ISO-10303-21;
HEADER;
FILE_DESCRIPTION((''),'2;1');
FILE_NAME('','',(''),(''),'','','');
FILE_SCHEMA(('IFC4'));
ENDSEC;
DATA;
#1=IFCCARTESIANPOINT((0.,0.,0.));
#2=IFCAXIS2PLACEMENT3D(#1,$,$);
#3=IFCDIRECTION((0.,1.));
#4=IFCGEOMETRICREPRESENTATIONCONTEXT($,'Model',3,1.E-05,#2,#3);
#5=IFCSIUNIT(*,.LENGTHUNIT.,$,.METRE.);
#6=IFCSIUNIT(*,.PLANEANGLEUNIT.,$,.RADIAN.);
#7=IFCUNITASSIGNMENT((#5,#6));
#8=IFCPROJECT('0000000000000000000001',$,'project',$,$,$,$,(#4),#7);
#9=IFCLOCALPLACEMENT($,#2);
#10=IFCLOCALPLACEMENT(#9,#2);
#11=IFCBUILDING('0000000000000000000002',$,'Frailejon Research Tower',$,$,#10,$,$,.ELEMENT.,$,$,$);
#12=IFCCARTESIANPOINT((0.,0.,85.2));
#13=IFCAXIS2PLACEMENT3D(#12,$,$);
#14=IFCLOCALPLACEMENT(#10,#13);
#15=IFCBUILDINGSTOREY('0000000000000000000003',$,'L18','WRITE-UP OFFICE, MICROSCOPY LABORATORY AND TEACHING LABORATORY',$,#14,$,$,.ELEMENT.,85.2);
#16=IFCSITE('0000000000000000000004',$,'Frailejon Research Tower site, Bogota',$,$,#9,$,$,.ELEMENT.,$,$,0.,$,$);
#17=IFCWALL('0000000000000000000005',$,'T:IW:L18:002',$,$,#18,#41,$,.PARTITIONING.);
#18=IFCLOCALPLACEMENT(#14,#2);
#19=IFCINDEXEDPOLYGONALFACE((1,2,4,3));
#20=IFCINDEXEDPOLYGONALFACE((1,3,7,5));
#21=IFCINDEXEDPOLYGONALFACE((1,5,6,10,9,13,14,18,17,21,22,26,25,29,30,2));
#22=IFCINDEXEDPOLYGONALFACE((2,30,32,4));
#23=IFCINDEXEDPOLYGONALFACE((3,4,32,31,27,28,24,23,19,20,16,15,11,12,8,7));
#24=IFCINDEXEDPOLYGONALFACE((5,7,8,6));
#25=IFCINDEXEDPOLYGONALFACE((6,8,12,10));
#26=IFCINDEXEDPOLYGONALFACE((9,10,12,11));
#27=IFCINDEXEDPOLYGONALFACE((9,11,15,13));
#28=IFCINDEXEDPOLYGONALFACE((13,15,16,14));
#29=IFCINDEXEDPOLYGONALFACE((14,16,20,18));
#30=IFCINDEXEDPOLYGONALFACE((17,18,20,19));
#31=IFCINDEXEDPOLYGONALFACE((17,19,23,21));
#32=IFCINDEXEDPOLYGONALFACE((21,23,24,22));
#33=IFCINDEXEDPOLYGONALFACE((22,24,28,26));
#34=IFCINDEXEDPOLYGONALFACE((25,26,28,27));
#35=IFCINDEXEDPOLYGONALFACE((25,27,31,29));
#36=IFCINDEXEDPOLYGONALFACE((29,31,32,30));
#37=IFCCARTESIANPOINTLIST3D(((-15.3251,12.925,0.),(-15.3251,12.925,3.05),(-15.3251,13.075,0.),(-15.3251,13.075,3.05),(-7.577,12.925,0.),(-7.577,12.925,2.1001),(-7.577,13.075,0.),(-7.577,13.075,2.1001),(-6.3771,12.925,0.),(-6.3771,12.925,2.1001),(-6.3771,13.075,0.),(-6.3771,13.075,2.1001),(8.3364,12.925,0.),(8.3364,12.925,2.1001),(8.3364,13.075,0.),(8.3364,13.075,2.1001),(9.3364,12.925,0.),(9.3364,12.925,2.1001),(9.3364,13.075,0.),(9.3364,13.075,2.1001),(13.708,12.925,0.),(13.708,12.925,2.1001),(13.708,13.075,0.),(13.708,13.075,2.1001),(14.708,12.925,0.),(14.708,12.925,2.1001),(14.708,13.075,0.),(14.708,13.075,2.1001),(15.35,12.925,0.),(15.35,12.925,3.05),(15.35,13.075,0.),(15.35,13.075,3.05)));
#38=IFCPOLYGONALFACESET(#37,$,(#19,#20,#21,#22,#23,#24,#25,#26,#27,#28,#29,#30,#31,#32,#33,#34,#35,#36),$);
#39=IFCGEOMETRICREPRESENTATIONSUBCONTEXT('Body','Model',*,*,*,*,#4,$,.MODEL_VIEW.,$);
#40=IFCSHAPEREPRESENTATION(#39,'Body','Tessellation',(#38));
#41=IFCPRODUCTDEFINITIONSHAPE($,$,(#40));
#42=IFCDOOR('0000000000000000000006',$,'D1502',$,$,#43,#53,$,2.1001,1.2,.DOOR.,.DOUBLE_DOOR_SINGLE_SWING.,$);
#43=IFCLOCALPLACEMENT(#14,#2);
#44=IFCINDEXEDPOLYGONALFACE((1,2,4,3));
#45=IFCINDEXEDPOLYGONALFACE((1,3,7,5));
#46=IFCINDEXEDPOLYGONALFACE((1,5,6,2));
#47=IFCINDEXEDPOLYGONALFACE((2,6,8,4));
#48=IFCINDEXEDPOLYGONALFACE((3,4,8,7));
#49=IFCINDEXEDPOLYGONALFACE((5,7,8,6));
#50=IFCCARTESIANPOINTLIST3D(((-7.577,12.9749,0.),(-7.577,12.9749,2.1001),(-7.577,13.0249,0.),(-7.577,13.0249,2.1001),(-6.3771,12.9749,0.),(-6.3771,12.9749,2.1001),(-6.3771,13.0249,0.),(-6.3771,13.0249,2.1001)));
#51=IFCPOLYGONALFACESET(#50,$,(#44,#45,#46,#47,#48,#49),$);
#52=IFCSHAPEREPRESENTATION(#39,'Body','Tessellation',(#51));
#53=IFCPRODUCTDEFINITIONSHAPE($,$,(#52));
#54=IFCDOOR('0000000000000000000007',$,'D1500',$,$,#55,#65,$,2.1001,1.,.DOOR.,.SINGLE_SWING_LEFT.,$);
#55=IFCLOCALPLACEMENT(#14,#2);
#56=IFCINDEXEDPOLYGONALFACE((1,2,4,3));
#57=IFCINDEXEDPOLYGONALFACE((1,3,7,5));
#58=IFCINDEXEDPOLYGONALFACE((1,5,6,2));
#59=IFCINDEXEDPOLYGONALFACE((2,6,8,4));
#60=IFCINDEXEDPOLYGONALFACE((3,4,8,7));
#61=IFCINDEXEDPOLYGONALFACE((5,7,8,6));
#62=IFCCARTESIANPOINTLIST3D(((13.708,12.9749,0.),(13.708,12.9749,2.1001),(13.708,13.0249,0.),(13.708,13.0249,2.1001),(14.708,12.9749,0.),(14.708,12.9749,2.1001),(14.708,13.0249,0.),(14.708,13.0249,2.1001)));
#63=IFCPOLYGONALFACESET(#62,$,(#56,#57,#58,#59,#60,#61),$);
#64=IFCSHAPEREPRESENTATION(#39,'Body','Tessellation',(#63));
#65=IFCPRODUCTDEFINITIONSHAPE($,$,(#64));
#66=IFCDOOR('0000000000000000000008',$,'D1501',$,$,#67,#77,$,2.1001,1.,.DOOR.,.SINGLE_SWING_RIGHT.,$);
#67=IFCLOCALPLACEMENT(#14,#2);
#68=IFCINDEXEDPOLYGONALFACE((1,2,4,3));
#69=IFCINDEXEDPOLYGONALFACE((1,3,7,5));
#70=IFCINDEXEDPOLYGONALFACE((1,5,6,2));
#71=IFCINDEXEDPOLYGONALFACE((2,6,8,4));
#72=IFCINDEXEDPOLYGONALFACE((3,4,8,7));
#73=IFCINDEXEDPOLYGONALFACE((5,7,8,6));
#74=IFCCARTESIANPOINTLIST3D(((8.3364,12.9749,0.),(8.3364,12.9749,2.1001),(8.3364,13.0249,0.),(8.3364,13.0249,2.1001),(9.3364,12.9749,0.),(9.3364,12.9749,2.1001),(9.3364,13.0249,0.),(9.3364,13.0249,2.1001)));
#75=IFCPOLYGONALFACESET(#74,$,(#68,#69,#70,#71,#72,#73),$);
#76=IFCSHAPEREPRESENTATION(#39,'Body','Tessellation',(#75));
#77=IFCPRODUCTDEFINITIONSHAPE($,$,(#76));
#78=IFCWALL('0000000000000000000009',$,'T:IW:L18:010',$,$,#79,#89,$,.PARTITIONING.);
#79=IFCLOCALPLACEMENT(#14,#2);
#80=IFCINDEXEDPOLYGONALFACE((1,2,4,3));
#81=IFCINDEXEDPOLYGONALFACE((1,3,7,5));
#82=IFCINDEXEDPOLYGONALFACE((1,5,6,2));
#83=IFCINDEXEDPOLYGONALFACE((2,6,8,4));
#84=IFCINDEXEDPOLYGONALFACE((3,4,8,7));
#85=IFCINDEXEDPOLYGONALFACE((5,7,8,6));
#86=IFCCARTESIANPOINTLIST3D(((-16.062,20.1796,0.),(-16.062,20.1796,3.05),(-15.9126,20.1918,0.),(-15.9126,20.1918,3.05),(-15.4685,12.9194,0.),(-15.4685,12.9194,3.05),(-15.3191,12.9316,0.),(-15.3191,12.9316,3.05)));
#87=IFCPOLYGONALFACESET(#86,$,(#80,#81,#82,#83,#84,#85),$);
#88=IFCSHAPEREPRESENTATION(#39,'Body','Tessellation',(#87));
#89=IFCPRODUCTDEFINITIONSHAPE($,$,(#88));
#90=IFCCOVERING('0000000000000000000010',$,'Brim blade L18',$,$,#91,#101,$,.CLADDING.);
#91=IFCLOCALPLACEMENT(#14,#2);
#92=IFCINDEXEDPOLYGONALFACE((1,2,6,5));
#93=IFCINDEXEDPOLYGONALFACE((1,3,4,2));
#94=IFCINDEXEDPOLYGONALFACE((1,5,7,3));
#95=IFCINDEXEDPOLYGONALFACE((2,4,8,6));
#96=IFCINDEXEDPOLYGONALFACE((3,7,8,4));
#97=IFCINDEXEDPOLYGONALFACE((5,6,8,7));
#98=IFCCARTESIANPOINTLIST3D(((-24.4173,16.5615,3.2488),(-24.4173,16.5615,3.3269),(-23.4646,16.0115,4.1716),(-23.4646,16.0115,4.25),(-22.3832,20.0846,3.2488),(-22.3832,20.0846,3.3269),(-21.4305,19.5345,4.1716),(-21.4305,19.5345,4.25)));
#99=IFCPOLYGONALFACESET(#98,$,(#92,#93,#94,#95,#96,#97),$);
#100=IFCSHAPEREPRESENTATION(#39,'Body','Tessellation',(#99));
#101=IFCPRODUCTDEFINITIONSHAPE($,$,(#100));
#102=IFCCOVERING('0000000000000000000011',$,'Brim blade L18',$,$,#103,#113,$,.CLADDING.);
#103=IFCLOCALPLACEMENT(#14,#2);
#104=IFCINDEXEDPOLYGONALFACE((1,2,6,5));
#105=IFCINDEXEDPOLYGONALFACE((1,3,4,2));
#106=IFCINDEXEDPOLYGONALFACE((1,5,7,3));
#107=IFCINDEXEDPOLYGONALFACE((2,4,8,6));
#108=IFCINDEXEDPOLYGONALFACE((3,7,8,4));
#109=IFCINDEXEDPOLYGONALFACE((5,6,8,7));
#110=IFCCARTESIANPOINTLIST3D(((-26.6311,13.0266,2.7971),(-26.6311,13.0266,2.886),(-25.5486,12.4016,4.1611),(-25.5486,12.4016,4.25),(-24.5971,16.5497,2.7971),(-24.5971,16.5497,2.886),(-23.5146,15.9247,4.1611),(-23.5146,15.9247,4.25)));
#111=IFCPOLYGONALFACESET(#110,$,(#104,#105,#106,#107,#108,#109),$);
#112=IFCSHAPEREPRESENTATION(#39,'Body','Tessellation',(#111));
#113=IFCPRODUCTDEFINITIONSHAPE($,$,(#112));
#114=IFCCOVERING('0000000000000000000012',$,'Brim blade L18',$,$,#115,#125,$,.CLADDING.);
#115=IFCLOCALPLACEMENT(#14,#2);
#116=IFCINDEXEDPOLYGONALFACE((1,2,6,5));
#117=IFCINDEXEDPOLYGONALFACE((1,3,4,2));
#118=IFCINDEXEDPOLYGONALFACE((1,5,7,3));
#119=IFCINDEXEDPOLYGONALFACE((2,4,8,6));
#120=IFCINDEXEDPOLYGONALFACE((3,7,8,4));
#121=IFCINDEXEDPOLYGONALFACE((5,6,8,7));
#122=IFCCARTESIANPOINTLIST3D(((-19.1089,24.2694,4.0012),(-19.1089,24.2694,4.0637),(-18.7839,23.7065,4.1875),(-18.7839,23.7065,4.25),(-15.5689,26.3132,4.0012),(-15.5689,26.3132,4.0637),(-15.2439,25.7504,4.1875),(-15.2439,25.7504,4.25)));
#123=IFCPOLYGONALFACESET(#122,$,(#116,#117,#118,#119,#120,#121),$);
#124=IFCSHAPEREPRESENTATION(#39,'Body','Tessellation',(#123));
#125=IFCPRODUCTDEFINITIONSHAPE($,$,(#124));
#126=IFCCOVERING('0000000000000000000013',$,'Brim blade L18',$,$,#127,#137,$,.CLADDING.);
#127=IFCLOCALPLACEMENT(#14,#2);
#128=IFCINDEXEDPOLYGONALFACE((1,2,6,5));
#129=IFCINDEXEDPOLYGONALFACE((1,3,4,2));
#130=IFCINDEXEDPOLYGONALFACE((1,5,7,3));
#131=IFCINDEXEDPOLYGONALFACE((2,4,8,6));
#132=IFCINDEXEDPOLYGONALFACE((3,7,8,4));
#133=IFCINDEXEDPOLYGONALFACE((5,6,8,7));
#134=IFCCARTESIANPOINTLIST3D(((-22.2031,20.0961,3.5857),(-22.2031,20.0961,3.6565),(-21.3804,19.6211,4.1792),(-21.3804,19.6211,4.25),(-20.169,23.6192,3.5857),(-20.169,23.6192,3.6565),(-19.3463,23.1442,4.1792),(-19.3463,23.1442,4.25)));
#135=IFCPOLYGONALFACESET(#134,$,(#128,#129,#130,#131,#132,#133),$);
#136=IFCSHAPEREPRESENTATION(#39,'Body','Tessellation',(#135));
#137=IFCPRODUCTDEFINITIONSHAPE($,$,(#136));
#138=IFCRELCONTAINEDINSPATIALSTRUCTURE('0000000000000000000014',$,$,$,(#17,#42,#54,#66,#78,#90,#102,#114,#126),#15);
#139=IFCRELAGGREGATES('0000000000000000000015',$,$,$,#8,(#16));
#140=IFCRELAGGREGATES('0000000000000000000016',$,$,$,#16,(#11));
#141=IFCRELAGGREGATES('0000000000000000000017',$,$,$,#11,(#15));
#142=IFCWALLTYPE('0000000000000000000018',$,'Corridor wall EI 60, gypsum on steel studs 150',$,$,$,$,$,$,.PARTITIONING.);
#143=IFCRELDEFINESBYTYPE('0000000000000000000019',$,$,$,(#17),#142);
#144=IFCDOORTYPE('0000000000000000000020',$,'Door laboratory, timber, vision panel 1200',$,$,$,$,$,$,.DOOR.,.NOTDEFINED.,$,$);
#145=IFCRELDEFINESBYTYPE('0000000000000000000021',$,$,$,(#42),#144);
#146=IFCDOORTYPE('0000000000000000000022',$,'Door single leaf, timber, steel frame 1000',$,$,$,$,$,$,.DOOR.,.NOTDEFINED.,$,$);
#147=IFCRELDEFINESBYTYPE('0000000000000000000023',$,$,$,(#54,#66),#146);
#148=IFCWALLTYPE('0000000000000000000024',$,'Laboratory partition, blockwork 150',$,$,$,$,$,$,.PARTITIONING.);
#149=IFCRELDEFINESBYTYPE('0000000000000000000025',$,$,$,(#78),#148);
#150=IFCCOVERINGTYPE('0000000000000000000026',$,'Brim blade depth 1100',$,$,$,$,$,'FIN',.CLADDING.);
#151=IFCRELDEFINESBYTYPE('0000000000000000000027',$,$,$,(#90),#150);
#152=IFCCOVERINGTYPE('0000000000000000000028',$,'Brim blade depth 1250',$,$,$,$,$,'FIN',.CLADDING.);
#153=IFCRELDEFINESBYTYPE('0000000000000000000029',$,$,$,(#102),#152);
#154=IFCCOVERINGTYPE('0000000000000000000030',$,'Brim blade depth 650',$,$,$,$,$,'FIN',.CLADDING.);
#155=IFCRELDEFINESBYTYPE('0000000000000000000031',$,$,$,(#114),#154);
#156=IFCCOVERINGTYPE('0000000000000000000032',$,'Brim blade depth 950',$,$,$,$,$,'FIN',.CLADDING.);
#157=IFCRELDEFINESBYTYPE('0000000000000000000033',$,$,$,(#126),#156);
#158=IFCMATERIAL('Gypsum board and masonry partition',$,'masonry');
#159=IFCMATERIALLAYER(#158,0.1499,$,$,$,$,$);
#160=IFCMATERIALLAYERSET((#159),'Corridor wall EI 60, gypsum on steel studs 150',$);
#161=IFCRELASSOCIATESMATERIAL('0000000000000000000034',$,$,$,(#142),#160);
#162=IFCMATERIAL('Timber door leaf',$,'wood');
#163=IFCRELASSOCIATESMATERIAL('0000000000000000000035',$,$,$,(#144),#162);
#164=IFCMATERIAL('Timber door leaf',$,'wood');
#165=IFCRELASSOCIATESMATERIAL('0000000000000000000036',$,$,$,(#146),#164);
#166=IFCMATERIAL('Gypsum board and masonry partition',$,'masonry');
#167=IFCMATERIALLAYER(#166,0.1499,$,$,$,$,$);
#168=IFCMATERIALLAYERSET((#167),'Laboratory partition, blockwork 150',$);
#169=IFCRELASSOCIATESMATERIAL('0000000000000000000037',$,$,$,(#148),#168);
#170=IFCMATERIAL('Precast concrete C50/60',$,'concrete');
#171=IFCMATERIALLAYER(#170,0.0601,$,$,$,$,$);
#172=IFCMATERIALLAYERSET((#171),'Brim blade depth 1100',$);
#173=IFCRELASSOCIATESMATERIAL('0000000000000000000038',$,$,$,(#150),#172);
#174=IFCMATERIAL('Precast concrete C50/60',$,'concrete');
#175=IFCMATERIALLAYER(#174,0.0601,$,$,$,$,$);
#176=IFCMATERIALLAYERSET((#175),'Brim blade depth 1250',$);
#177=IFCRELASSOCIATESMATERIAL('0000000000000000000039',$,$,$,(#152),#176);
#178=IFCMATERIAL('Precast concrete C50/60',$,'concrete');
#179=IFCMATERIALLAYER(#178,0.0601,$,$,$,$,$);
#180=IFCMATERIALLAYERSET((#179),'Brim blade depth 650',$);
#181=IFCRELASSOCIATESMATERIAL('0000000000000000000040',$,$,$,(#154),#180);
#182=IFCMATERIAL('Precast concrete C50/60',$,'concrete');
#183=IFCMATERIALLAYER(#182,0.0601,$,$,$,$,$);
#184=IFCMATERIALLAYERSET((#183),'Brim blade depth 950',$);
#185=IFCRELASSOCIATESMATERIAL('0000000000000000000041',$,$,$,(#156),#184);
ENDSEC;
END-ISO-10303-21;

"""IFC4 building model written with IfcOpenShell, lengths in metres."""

from ifc_helpers import new_model, si_unit, direction, frame, frame_2d, origin, place, context, subcontext, project, spatial, polyline, rectangle, outline, extrude, material, layer, layer_set, type_object, element, fill, save


model = new_model("IFC4")

# Units and contexts
model_context = context("Model", 3, precision=1e-05, world=origin(), true_north=direction((0.0, 1.0)))
body_context = subcontext(model_context, "Body", "Model", "MODEL_VIEW")
ifc_project = project(units=[si_unit("LENGTHUNIT", "METRE"), si_unit("PLANEANGLEUNIT", "RADIAN")], contexts=[model_context])

# Site, building, storey
site_placement = place(None, origin())
site = spatial("IfcSite", under=ifc_project, at=site_placement, Name="Frailejon Research Tower site, Bogota", CompositionType="ELEMENT", RefElevation=0.0)
building_placement = place(site_placement, origin())
building = spatial("IfcBuilding", under=site, at=building_placement, Name="Frailejon Research Tower", CompositionType="ELEMENT")
storey_placement = place(building_placement, frame((0.0, 0.0, 85.2)))
storey = spatial("IfcBuildingStorey", under=building, at=storey_placement, Name="L18", Description="WRITE-UP OFFICE, MICROSCOPY LABORATORY AND TEACHING LABORATORY", CompositionType="ELEMENT", Elevation=85.2)

# Wall, openings, doors
ifc_material_1 = material(Name="Gypsum board and masonry partition", Category="masonry")
ifc_layer_1 = layer(ifc_material_1, 0.1499)
ifc_layer_set_1 = layer_set([ifc_layer_1], Name="Corridor wall EI 60, gypsum on steel studs 150")
wall_type_1 = type_object("IfcWallType", Name="Corridor wall EI 60, gypsum on steel studs 150", PredefinedType="PARTITIONING", material=ifc_layer_set_1)
wall_1_placement = place(storey_placement, frame((-15.325, 13.0, 0.0), z_axis=(0.0, 0.0, 1.0), x_axis=(1.0, 0.0, 0.0)))
wall_1 = element("IfcWall", 1, at=wall_1_placement, inside=storey, type_object=wall_type_1, Name="T:IW:L18:002", PredefinedType="PARTITIONING", context=body_context, shape_type="SweptSolid", body=[
    extrude(rectangle(XDim=30.675, YDim=0.1499, at=frame_2d((15.3374, 0.0))), origin(), (0.0, 0.0, 1.0), 3.05),
])
opening_1_placement = place(wall_1_placement, frame((29.033, 0.0, 0.0)))
opening_1 = element("IfcOpeningElement", 2, at=opening_1_placement, cuts=wall_1, PredefinedType="OPENING", context=body_context, shape_type="SweptSolid", body=[
    extrude(rectangle(XDim=1.0, YDim=2.1001, at=frame_2d((0.5, 1.05))), frame((0.0, 0.085, 0.0), z_axis=(0.0, -1.0, 0.0), x_axis=(1.0, 0.0, 0.0)), (0.0, 0.0, 1.0), 0.1699),
])
opening_2_placement = place(wall_1_placement, frame((23.6614, 0.0, 0.0)))
opening_2 = element("IfcOpeningElement", 3, at=opening_2_placement, cuts=wall_1, PredefinedType="OPENING", context=body_context, shape_type="SweptSolid", body=[
    extrude(rectangle(XDim=1.0, YDim=2.1001, at=frame_2d((0.5, 1.05))), frame((0.0, 0.085, 0.0), z_axis=(0.0, -1.0, 0.0), x_axis=(1.0, 0.0, 0.0)), (0.0, 0.0, 1.0), 0.1699),
])
opening_3_placement = place(wall_1_placement, frame((7.7478, 0.0, 0.0)))
opening_3 = element("IfcOpeningElement", 4, at=opening_3_placement, cuts=wall_1, PredefinedType="OPENING", context=body_context, shape_type="SweptSolid", body=[
    extrude(rectangle(XDim=1.2, YDim=2.1001, at=frame_2d((0.6001, 1.05))), frame((0.0, 0.085, 0.0), z_axis=(0.0, -1.0, 0.0), x_axis=(1.0, 0.0, 0.0)), (0.0, 0.0, 1.0), 0.1699),
])
ifc_material_2 = material(Name="Timber door leaf", Category="wood")
door_type_1 = type_object("IfcDoorType", Name="Door laboratory, timber, vision panel 1200", OperationType="NOTDEFINED", PredefinedType="DOOR", material=ifc_material_2)
door_1_placement = place(opening_3_placement, origin())
door_1 = element("IfcDoor", 5, at=door_1_placement, inside=storey, type_object=door_type_1, Name="D1502", OperationType="DOUBLE_DOOR_SINGLE_SWING", OverallHeight=2.1001, OverallWidth=1.2, PredefinedType="DOOR", context=body_context, shape_type="SweptSolid", body=[
    extrude(rectangle(XDim=1.2, YDim=2.1001, at=frame_2d((0.6001, 1.05))), frame((0.0, 0.0249, 0.0), z_axis=(0.0, -1.0, 0.0), x_axis=(1.0, 0.0, 0.0)), (0.0, 0.0, 1.0), 0.05),
])
fill(opening_3, door_1)
ifc_material_3 = material(Name="Timber door leaf", Category="wood")
door_type_2 = type_object("IfcDoorType", Name="Door single leaf, timber, steel frame 1000", OperationType="NOTDEFINED", PredefinedType="DOOR", material=ifc_material_3)
door_2_placement = place(opening_1_placement, origin())
door_2 = element("IfcDoor", 6, at=door_2_placement, inside=storey, type_object=door_type_2, Name="D1500", OperationType="SINGLE_SWING_LEFT", OverallHeight=2.1001, OverallWidth=1.0, PredefinedType="DOOR", context=body_context, shape_type="SweptSolid", body=[
    extrude(rectangle(XDim=1.0, YDim=2.1001, at=frame_2d((0.5, 1.05))), frame((0.0, 0.0249, 0.0), z_axis=(0.0, -1.0, 0.0), x_axis=(1.0, 0.0, 0.0)), (0.0, 0.0, 1.0), 0.05),
])
fill(opening_1, door_2)
door_3_placement = place(opening_2_placement, origin())
door_3 = element("IfcDoor", 7, at=door_3_placement, inside=storey, type_object=door_type_2, Name="D1501", OperationType="SINGLE_SWING_RIGHT", OverallHeight=2.1001, OverallWidth=1.0, PredefinedType="DOOR", context=body_context, shape_type="SweptSolid", body=[
    extrude(rectangle(XDim=1.0, YDim=2.1001, at=frame_2d((0.5, 1.05))), frame((0.0, 0.0249, 0.0), z_axis=(0.0, -1.0, 0.0), x_axis=(1.0, 0.0, 0.0)), (0.0, 0.0, 1.0), 0.05),
])
fill(opening_2, door_3)

# Wall
ifc_material_4 = material(Name="Gypsum board and masonry partition", Category="masonry")
ifc_layer_2 = layer(ifc_material_4, 0.1499)
ifc_layer_set_2 = layer_set([ifc_layer_2], Name="Laboratory partition, blockwork 150")
wall_type_2 = type_object("IfcWallType", Name="Laboratory partition, blockwork 150", PredefinedType="PARTITIONING", material=ifc_layer_set_2)
wall_2_placement = place(storey_placement, frame((-15.9873, 20.1855, 0.0), z_axis=(0.0, 0.0, 1.0), x_axis=(0.081475, -0.996675, 0.0)))
element("IfcWall", 8, at=wall_2_placement, inside=storey, type_object=wall_type_2, Name="T:IW:L18:010", PredefinedType="PARTITIONING", context=body_context, shape_type="SweptSolid", body=[
    extrude(rectangle(XDim=7.2844, YDim=0.1499, at=frame_2d((3.6421, 0.0))), origin(), (0.0, 0.0, 1.0), 3.05),
])

# Coverings
ifc_material_5 = material(Name="Precast concrete C50/60", Category="concrete")
ifc_layer_3 = layer(ifc_material_5, 0.0601)
ifc_layer_set_3 = layer_set([ifc_layer_3], Name="Brim blade depth 1100")
covering_type_1 = type_object("IfcCoveringType", Name="Brim blade depth 1100", ElementType="FIN", PredefinedType="CLADDING", material=ifc_layer_set_3)
covering_1_placement = place(storey_placement, frame((-23.4646, 16.0115, 4.25), z_axis=(0.500007, 0.866021, 0.0), x_axis=(-0.866021, 0.500007, 0.0)))
element("IfcCovering", 9, at=covering_1_placement, inside=storey, type_object=covering_type_1, Name="Brim blade L18", PredefinedType="CLADDING", context=body_context, shape_type="SweptSolid", body=[
    extrude(outline(polyline([(0.0, -0.0784), (1.1001, -1.0012), (1.1001, -0.9231), (0.0, 0.0), (0.0, -0.0784)])), origin(), (0.0, 0.0, 1.0), 4.0681),
])
ifc_material_6 = material(Name="Precast concrete C50/60", Category="concrete")
ifc_layer_4 = layer(ifc_material_6, 0.0601)
ifc_layer_set_4 = layer_set([ifc_layer_4], Name="Brim blade depth 1250")
covering_type_2 = type_object("IfcCoveringType", Name="Brim blade depth 1250", ElementType="FIN", PredefinedType="CLADDING", material=ifc_layer_set_4)
covering_2_placement = place(storey_placement, frame((-25.5486, 12.4016, 4.25), z_axis=(0.499989, 0.866032, 0.0), x_axis=(-0.866032, 0.499989, 0.0)))
element("IfcCovering", 10, at=covering_2_placement, inside=storey, type_object=covering_type_2, Name="Brim blade L18", PredefinedType="CLADDING", context=body_context, shape_type="SweptSolid", body=[
    extrude(outline(polyline([(0.0, -0.0889), (1.25, -1.4529), (1.25, -1.364), (0.0, 0.0), (0.0, -0.0889)])), origin(), (0.0, 0.0, 1.0), 4.0681),
])
ifc_material_7 = material(Name="Precast concrete C50/60", Category="concrete")
ifc_layer_5 = layer(ifc_material_7, 0.0601)
ifc_layer_set_5 = layer_set([ifc_layer_5], Name="Brim blade depth 650")
covering_type_3 = type_object("IfcCoveringType", Name="Brim blade depth 650", ElementType="FIN", PredefinedType="CLADDING", material=ifc_layer_set_5)
covering_3_placement = place(storey_placement, frame((-18.7839, 23.7065, 4.25), z_axis=(0.866027, 0.499997, 0.0), x_axis=(-0.499997, 0.866027, 0.0)))
element("IfcCovering", 11, at=covering_3_placement, inside=storey, type_object=covering_type_3, Name="Brim blade L18", PredefinedType="CLADDING", context=body_context, shape_type="SweptSolid", body=[
    extrude(outline(polyline([(0.0, -0.0625), (0.6499, -0.2488), (0.6499, -0.1863), (0.0, 0.0), (0.0, -0.0625)])), origin(), (0.0, 0.0, 1.0), 4.0876),
])
ifc_material_8 = material(Name="Precast concrete C50/60", Category="concrete")
ifc_layer_6 = layer(ifc_material_8, 0.0601)
ifc_layer_set_6 = layer_set([ifc_layer_6], Name="Brim blade depth 950")
covering_type_4 = type_object("IfcCoveringType", Name="Brim blade depth 950", ElementType="FIN", PredefinedType="CLADDING", material=ifc_layer_set_6)
covering_4_placement = place(storey_placement, frame((-21.3804, 19.6211, 4.25), z_axis=(0.499999, 0.866026, 0.0), x_axis=(-0.866026, 0.499999, 0.0)))
element("IfcCovering", 12, at=covering_4_placement, inside=storey, type_object=covering_type_4, Name="Brim blade L18", PredefinedType="CLADDING", context=body_context, shape_type="SweptSolid", body=[
    extrude(outline(polyline([(0.0, -0.0708), (0.95, -0.6643), (0.95, -0.5935), (0.0, 0.0), (0.0, -0.0708)])), origin(), (0.0, 0.0, 1.0), 4.0681),
])

save(model, "model.ifc")
